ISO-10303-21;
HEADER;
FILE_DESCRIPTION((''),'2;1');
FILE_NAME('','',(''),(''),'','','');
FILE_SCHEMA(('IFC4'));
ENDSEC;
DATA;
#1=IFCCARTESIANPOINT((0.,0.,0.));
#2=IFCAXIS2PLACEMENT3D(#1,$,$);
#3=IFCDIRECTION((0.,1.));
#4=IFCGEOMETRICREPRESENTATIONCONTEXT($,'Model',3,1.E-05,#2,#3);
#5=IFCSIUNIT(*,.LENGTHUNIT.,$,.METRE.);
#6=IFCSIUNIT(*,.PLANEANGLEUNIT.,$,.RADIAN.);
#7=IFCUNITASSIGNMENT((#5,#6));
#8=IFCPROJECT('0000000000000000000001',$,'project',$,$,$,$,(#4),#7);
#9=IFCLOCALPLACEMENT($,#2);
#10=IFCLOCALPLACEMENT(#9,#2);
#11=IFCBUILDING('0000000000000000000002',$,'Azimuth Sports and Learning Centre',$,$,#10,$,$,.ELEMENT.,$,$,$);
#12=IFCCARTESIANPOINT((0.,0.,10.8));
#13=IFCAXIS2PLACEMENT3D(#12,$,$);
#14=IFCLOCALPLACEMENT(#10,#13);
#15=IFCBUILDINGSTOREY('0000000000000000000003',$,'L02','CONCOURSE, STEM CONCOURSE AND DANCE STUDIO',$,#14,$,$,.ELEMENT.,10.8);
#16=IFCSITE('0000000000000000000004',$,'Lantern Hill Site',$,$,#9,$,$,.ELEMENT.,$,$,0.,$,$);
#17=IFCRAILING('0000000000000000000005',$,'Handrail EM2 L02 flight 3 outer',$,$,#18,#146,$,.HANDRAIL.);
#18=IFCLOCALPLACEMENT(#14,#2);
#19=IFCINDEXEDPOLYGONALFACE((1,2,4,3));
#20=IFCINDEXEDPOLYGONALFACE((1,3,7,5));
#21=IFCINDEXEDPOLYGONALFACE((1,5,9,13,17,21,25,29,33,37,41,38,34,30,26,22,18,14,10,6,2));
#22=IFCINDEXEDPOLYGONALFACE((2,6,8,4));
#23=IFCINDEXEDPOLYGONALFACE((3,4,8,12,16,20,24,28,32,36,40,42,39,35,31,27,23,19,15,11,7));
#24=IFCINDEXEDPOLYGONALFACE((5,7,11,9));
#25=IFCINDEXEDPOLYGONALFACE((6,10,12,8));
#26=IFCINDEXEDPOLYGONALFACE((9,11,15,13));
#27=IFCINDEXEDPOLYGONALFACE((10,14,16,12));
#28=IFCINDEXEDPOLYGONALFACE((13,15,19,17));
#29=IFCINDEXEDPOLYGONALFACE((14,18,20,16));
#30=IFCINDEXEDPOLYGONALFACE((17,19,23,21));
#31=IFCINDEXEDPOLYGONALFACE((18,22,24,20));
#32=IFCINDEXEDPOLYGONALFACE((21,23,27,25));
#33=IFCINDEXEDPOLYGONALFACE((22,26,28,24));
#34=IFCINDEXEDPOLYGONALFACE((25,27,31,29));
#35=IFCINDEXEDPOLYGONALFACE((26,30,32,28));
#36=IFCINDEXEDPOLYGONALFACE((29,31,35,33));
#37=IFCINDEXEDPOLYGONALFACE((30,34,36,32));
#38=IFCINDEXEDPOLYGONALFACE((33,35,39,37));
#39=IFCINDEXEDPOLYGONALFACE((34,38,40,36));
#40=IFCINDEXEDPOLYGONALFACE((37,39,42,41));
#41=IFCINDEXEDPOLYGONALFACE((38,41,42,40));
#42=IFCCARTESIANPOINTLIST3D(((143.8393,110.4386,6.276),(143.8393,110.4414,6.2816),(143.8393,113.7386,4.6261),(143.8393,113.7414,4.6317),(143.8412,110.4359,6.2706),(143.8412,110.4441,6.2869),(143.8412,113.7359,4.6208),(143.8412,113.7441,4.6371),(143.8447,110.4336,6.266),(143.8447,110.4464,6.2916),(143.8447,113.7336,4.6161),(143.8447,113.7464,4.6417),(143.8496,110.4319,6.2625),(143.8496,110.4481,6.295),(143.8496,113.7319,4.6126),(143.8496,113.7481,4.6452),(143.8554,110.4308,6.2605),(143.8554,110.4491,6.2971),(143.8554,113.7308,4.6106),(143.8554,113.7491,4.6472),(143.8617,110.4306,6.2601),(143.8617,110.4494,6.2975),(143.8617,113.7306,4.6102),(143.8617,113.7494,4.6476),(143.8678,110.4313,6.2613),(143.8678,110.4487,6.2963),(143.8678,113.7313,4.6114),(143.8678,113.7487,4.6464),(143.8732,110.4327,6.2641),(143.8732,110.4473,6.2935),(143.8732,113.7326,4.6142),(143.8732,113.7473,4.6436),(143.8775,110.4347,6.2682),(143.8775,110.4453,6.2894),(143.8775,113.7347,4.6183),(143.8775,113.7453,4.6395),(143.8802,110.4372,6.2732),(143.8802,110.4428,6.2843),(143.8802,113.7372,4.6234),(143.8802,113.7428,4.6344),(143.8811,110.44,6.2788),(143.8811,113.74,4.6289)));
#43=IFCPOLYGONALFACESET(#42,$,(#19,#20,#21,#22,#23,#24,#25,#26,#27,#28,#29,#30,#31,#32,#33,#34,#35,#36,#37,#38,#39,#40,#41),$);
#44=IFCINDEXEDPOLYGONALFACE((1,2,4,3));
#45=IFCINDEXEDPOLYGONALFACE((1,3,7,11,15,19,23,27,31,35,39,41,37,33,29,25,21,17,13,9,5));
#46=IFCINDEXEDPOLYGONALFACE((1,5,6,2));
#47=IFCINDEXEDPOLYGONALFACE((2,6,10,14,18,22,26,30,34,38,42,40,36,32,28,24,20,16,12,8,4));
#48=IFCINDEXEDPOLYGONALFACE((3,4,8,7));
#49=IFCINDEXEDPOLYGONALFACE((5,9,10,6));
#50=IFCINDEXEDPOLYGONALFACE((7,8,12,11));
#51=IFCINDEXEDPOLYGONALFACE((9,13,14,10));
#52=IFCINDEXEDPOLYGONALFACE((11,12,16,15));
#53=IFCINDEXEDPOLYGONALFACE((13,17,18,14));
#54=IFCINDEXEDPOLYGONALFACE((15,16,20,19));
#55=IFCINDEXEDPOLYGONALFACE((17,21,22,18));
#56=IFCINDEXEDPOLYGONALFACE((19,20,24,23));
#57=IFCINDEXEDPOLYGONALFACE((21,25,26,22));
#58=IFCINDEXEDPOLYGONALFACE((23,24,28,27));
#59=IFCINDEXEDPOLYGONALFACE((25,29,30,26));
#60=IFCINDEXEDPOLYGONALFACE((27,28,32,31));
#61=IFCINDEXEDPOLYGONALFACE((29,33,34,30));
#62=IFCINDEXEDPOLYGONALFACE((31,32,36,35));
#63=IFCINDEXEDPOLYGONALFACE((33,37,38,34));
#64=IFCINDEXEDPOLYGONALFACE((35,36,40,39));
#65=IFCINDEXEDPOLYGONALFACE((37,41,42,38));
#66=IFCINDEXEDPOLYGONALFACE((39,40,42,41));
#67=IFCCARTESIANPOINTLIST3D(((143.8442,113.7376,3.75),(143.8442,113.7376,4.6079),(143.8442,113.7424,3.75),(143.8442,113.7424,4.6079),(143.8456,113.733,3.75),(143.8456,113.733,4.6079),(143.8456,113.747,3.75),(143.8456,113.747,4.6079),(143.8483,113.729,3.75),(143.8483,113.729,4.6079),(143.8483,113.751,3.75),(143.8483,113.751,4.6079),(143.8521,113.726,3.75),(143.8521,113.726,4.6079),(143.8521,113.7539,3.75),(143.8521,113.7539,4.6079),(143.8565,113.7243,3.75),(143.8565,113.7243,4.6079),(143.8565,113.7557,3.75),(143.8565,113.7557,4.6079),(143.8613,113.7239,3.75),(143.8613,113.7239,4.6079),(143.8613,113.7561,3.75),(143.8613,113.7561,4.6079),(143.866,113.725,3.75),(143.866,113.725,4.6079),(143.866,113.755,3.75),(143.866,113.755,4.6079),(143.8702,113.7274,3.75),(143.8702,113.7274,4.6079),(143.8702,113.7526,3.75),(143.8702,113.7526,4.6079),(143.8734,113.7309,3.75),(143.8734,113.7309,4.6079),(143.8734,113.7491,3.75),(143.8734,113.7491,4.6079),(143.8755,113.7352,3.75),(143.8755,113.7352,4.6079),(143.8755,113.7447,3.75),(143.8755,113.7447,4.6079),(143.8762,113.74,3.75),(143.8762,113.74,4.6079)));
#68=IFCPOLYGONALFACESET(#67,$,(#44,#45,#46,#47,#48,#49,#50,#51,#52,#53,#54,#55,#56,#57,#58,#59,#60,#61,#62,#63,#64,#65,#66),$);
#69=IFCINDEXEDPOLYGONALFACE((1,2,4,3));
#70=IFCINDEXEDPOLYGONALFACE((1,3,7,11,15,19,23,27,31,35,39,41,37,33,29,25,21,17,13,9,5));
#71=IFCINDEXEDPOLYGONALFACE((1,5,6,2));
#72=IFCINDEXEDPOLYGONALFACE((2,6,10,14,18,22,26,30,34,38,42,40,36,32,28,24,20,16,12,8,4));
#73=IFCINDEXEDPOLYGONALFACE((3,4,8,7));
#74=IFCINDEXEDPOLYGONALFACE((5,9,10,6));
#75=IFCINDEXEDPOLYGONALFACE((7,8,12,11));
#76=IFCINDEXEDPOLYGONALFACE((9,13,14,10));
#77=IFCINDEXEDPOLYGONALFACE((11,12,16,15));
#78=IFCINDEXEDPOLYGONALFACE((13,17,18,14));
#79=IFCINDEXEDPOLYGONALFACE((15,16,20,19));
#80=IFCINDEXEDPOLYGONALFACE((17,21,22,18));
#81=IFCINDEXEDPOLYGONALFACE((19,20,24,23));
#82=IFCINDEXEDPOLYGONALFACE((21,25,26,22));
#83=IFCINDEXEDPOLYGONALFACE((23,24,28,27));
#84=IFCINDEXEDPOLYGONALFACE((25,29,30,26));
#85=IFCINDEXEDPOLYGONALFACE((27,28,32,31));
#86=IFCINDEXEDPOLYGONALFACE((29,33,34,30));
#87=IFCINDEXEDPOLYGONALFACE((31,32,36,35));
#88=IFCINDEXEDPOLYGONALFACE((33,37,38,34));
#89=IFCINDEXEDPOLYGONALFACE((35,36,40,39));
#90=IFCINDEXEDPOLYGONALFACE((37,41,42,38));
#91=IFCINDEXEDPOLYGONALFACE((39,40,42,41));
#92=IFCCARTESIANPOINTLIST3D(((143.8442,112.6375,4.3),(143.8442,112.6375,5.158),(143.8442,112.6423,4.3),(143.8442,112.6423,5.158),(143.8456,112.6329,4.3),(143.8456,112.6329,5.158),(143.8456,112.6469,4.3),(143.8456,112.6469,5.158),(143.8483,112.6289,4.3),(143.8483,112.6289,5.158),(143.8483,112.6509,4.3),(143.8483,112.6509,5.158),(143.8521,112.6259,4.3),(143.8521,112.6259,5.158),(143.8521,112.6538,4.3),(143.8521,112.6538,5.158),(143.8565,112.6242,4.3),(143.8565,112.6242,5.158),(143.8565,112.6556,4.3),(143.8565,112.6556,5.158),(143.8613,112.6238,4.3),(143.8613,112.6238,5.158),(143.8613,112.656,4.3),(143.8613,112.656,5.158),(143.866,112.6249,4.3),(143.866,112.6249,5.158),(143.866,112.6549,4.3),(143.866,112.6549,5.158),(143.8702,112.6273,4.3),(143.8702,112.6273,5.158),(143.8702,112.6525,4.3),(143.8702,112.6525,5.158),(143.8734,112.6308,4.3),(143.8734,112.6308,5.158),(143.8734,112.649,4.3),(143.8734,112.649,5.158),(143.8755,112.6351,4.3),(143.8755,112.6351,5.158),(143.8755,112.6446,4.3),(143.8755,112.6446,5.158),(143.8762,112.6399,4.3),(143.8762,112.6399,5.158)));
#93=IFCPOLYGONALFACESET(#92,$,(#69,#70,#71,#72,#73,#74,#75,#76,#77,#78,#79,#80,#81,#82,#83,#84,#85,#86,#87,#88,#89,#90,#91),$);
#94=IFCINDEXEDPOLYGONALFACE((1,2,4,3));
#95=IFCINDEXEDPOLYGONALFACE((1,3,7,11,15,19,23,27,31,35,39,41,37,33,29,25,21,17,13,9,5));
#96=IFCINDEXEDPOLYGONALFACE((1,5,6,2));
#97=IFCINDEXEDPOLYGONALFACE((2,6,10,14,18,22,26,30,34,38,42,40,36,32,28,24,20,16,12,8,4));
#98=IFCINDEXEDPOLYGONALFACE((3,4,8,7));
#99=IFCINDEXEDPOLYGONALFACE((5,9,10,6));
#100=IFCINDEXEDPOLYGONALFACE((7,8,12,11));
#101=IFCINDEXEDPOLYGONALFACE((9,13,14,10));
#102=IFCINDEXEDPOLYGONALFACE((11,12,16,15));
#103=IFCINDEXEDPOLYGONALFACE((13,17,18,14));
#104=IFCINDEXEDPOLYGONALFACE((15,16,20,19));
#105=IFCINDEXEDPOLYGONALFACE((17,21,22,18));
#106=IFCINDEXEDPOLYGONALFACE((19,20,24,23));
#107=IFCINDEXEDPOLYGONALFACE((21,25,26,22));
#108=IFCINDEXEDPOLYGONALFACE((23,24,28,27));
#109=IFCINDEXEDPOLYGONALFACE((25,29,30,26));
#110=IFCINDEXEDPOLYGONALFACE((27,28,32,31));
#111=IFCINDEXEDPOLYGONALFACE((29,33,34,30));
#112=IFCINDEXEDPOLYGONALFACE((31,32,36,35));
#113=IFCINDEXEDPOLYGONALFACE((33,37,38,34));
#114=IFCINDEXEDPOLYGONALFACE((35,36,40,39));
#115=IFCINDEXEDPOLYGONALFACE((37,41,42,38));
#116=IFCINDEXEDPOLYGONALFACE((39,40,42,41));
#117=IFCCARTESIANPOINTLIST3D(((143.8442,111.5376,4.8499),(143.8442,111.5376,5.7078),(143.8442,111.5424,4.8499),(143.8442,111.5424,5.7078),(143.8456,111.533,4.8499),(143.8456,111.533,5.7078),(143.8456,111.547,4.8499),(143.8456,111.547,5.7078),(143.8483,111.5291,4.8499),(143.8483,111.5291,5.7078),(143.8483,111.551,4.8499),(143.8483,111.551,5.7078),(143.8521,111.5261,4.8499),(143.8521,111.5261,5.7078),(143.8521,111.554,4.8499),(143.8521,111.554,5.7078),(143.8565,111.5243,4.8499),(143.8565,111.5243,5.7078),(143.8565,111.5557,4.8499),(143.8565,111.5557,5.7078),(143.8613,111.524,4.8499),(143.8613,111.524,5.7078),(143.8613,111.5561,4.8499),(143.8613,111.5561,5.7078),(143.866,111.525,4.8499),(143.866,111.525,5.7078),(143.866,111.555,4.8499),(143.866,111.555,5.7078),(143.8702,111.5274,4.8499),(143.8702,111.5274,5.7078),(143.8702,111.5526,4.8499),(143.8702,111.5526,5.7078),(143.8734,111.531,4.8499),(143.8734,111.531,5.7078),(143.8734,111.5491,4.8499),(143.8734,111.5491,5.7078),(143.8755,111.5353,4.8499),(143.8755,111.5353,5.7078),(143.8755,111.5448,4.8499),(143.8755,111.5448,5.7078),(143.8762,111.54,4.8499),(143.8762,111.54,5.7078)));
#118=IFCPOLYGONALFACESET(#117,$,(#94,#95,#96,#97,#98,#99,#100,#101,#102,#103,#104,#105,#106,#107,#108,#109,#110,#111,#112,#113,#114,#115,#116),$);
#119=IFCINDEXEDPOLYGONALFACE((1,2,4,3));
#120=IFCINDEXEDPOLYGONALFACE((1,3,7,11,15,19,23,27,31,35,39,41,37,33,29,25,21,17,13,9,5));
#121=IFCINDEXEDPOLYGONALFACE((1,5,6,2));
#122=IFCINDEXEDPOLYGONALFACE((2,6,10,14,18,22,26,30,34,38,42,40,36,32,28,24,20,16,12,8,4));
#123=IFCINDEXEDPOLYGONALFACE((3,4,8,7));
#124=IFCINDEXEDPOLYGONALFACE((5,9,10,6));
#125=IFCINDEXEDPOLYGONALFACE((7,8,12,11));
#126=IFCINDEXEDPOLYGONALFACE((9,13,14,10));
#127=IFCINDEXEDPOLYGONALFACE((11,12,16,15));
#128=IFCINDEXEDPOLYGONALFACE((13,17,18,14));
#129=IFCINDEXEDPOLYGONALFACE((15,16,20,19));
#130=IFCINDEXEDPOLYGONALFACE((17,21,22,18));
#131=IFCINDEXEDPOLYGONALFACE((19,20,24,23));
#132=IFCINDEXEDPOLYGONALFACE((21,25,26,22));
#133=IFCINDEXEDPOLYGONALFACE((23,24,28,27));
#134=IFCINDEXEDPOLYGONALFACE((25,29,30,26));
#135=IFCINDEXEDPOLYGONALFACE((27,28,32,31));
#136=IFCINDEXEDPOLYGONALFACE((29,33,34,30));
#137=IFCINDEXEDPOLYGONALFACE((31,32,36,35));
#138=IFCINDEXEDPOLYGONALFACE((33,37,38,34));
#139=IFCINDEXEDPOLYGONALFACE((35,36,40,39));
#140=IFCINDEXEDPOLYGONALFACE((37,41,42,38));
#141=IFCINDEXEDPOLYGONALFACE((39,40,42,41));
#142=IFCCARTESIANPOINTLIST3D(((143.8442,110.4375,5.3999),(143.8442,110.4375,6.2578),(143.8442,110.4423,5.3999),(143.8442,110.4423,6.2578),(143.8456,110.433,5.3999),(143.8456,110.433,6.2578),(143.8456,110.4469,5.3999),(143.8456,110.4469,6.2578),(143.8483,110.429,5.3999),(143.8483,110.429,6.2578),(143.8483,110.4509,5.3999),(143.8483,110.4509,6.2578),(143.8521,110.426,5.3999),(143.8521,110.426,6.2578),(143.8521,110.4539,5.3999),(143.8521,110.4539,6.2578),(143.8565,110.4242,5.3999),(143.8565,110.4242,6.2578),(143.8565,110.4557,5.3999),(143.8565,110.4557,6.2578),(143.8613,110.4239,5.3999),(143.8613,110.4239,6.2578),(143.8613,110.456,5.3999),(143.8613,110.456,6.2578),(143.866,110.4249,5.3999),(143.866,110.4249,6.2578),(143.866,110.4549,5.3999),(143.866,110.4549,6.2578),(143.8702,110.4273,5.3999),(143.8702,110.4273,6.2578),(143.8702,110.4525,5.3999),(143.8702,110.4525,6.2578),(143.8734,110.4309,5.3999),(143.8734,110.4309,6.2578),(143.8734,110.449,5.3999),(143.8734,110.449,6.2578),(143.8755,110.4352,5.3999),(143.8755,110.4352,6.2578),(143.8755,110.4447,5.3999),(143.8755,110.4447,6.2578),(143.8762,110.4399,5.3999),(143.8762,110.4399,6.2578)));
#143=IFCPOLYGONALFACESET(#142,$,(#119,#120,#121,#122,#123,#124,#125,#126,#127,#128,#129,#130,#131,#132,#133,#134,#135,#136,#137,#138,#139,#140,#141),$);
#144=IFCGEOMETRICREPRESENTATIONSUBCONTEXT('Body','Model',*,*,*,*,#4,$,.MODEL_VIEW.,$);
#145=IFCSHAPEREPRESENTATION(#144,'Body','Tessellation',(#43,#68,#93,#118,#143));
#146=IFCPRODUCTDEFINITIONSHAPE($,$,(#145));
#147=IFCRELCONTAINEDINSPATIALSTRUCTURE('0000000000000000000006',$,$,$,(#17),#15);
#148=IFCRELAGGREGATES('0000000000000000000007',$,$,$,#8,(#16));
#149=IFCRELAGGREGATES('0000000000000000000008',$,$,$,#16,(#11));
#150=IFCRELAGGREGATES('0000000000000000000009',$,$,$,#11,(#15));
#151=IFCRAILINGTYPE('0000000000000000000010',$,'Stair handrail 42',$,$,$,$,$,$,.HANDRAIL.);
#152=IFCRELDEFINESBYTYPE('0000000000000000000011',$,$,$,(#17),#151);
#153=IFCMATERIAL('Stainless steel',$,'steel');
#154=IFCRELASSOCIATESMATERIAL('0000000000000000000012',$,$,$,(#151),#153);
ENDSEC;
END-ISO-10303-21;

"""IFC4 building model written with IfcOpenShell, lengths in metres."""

from ifc_helpers import new_model, si_unit, direction, frame, origin, origin_2d, place, context, subcontext, project, spatial, circle, extrude, material, type_object, element, save


model = new_model("IFC4")

# Units and contexts
model_context = context("Model", 3, precision=1e-05, world=origin(), true_north=direction((0.0, 1.0)))
body_context = subcontext(model_context, "Body", "Model", "MODEL_VIEW")
ifc_project = project(units=[si_unit("LENGTHUNIT", "METRE"), si_unit("PLANEANGLEUNIT", "RADIAN")], contexts=[model_context])

# Site, building, storey
site_placement = place(None, origin())
site = spatial("IfcSite", under=ifc_project, at=site_placement, Name="Lantern Hill Site", CompositionType="ELEMENT", RefElevation=0.0)
building_placement = place(site_placement, origin())
building = spatial("IfcBuilding", under=site, at=building_placement, Name="Azimuth Sports and Learning Centre", CompositionType="ELEMENT")
storey_placement = place(building_placement, frame((0.0, 0.0, 10.8)))
storey = spatial("IfcBuildingStorey", under=building, at=storey_placement, Name="L02", Description="CONCOURSE, STEM CONCOURSE AND DANCE STUDIO", CompositionType="ELEMENT", Elevation=10.8)

# Railing
ifc_material_1 = material(Name="Stainless steel", Category="steel")
railing_type_1 = type_object("IfcRailingType", Name="Stair handrail 42", PredefinedType="HANDRAIL", material=ifc_material_1)
for number, where, name in (
    (1, (143.8601, 113.74, 3.75), "Handrail EM2 L02 flight 3 outer"),
):
    element("IfcRailing", number, at=place(storey_placement, frame(where)), inside=storey, type_object=railing_type_1, Name=name, PredefinedType="HANDRAIL", context=body_context, shape_type="SweptSolid", body=[
        extrude(circle(Radius=0.021, at=origin_2d()), frame((0.0, 0.0, 0.8789), z_axis=(0.0, -0.89444, 0.447187), x_axis=(1.0, 0.0, 0.0)), (0.0, 0.0, 1.0), 3.6895),
        extrude(circle(Radius=0.0161, at=origin_2d()), origin(), (0.0, 0.0, 1.0), 0.8579),
        extrude(circle(Radius=0.0161, at=origin_2d()), frame((0.0, -1.1001, 0.55)), (0.0, 0.0, 1.0), 0.8579),
        extrude(circle(Radius=0.0161, at=origin_2d()), frame((0.0, -2.2, 1.0999)), (0.0, 0.0, 1.0), 0.8579),
        extrude(circle(Radius=0.0161, at=origin_2d()), frame((0.0, -3.3, 1.6499)), (0.0, 0.0, 1.0), 0.8579),
    ])

save(model, "model.ifc")
